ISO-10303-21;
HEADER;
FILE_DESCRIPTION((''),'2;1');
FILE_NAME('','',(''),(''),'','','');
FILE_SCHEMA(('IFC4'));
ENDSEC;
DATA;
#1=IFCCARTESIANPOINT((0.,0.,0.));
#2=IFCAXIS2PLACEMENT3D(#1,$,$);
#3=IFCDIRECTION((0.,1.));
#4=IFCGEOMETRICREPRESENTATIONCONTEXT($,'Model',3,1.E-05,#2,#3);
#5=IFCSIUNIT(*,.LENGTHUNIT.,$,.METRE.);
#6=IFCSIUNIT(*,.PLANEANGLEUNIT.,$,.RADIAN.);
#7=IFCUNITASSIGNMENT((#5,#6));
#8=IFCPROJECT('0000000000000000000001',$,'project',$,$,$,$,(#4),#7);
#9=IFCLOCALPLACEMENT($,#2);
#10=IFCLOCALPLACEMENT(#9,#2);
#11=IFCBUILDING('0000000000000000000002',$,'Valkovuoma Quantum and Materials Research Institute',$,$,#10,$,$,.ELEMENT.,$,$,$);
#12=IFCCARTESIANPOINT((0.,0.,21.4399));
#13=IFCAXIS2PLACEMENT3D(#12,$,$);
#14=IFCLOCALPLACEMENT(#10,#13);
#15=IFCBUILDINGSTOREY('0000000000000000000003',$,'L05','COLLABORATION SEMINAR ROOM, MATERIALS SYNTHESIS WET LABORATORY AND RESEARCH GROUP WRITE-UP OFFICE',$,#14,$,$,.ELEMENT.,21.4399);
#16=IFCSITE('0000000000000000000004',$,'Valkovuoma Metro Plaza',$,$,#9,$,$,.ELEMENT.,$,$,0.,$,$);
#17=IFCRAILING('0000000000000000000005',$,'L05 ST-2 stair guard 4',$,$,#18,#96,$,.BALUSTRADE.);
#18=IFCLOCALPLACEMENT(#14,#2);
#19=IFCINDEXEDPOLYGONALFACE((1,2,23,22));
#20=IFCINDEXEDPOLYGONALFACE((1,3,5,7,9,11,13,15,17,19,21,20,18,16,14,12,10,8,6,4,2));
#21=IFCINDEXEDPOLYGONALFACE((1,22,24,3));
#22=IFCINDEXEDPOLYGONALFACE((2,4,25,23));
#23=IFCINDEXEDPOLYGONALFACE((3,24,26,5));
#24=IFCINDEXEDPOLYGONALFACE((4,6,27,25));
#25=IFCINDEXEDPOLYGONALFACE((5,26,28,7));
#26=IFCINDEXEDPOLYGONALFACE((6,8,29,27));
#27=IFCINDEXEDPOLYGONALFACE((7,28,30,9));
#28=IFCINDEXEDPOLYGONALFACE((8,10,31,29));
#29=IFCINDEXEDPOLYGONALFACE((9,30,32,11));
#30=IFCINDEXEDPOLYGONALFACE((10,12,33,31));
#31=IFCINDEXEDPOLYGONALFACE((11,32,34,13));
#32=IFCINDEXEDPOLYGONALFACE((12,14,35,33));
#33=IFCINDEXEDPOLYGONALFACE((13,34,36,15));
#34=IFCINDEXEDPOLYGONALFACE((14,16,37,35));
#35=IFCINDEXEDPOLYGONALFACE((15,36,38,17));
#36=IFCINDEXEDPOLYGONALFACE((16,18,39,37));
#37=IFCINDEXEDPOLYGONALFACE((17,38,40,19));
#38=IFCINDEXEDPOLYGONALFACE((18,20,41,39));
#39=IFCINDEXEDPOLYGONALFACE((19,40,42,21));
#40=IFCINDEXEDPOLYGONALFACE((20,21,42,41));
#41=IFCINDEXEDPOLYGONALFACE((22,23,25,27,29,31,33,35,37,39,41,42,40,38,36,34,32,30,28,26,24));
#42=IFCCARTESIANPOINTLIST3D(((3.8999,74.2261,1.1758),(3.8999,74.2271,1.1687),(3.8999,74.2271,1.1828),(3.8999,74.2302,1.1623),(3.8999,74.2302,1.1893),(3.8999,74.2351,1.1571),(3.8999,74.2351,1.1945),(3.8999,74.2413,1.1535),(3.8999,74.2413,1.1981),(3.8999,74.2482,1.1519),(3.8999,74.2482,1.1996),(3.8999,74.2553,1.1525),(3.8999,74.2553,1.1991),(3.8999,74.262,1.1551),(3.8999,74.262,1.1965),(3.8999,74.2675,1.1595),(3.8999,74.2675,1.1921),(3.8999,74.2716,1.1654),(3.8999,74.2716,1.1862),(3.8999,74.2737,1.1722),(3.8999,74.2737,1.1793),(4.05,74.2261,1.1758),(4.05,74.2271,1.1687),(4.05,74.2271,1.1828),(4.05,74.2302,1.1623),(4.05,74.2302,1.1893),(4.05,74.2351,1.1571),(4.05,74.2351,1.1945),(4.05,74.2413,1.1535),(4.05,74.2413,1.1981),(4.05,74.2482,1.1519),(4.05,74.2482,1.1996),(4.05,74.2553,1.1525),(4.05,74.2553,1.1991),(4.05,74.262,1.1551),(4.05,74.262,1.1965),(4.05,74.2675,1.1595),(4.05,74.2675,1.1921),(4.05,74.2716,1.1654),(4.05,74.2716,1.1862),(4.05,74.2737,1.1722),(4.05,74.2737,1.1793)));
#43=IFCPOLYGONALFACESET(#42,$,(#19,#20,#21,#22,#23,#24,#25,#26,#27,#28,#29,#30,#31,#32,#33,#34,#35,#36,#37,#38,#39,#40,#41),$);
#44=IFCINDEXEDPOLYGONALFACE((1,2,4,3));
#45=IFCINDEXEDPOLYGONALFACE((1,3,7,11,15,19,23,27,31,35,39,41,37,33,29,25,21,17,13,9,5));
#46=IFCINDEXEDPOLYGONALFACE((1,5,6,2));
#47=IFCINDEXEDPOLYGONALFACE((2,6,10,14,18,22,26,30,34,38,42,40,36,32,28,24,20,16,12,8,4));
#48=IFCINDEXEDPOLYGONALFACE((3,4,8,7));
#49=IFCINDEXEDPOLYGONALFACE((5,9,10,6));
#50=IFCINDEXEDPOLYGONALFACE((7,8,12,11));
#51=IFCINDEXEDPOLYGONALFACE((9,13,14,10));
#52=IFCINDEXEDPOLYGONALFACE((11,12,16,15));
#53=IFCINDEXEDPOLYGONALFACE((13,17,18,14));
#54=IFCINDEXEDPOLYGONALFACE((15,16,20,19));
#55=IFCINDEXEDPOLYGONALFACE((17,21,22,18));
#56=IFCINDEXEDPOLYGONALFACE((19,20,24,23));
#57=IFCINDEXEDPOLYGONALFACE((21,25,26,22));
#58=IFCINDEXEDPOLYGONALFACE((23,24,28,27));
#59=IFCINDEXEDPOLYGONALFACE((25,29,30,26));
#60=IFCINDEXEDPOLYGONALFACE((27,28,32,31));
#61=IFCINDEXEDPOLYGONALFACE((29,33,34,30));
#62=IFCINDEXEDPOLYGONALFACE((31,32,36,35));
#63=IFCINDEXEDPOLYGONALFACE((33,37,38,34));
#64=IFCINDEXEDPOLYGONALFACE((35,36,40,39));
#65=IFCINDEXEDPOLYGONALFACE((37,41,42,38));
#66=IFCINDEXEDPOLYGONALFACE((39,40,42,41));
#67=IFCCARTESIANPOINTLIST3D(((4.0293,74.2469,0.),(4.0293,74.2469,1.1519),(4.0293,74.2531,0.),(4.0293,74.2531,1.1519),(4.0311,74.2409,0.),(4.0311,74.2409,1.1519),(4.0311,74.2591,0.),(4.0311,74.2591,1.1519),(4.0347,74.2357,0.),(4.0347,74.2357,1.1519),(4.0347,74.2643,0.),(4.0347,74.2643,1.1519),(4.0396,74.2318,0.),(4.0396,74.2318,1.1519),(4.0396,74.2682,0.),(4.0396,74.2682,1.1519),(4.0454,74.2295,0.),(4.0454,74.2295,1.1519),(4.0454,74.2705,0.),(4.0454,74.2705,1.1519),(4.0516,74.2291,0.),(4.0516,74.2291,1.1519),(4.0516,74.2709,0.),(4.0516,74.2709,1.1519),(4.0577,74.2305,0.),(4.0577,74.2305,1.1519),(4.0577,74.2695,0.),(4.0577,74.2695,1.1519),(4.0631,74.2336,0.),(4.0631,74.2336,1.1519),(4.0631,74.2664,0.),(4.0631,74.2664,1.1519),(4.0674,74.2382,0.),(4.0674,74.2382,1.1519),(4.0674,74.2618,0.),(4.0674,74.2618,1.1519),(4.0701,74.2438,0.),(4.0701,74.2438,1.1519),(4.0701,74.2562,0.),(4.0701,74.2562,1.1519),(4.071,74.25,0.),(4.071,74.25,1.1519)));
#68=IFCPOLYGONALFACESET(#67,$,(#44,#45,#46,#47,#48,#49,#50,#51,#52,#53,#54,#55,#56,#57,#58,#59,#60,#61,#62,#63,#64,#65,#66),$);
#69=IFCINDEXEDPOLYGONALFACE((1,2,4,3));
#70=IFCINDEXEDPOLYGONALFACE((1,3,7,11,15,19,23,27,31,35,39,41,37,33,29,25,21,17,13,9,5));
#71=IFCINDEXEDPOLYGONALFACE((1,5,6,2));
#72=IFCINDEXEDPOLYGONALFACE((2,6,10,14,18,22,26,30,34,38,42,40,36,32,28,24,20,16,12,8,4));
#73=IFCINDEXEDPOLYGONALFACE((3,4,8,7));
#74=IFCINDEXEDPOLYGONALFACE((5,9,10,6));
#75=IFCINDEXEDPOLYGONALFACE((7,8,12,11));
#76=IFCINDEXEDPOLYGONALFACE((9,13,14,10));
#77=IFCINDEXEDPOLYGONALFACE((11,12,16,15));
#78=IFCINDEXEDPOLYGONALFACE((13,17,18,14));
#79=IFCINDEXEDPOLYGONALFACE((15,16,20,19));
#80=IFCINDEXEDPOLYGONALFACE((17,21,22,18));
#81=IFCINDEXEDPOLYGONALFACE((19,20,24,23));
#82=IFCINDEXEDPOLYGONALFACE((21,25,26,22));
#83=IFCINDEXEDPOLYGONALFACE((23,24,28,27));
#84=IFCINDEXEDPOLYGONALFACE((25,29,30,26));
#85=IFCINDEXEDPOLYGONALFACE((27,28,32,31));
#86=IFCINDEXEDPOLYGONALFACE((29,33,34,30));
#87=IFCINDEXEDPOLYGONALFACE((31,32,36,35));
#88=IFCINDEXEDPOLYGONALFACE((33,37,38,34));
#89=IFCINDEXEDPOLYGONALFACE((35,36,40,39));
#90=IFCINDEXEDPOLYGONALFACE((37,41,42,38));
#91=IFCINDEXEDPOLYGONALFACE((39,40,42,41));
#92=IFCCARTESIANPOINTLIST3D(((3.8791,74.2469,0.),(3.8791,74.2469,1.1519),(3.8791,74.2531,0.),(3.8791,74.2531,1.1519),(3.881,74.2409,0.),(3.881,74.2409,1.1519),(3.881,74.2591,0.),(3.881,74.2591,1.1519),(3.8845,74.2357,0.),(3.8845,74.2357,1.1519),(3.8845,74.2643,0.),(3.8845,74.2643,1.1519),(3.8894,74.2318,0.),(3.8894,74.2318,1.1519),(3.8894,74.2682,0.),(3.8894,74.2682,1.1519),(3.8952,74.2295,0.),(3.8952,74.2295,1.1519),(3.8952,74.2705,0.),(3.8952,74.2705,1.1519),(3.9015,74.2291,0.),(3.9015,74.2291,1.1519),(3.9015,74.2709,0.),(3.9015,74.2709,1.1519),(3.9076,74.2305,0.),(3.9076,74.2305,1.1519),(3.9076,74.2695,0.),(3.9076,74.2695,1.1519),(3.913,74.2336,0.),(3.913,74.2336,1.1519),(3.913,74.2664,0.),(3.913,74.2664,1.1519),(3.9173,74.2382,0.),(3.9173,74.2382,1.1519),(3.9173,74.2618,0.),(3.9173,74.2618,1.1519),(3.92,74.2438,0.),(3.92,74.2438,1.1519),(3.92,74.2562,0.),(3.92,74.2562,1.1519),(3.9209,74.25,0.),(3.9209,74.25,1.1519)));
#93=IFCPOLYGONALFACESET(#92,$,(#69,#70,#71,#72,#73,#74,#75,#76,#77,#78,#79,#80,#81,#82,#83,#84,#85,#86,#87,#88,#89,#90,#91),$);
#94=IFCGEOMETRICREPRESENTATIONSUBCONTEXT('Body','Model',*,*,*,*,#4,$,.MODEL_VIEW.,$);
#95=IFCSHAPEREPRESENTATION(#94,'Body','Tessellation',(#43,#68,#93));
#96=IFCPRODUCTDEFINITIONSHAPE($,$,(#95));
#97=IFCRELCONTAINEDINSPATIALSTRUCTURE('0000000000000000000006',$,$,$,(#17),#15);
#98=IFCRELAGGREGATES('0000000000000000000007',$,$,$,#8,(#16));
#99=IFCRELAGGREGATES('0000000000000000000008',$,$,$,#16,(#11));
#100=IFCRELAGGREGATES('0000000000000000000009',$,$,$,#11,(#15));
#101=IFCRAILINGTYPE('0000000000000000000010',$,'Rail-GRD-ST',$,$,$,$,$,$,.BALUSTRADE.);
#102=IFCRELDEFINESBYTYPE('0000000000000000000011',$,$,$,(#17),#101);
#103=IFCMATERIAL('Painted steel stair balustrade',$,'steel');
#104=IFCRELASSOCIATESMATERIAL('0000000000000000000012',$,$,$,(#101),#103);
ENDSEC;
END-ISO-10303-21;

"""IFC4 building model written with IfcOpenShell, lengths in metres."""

from ifc_helpers import new_model, si_unit, direction, frame, origin, origin_2d, place, context, subcontext, project, spatial, circle, extrude, material, type_object, element, save


model = new_model("IFC4")

# Units and contexts
model_context = context("Model", 3, precision=1e-05, world=origin(), true_north=direction((0.0, 1.0)))
body_context = subcontext(model_context, "Body", "Model", "MODEL_VIEW")
ifc_project = project(units=[si_unit("LENGTHUNIT", "METRE"), si_unit("PLANEANGLEUNIT", "RADIAN")], contexts=[model_context])

# Site, building, storey
site_placement = place(None, origin())
site = spatial("IfcSite", under=ifc_project, at=site_placement, Name="Valkovuoma Metro Plaza", CompositionType="ELEMENT", RefElevation=0.0)
building_placement = place(site_placement, origin())
building = spatial("IfcBuilding", under=site, at=building_placement, Name="Valkovuoma Quantum and Materials Research Institute", CompositionType="ELEMENT")
storey_placement = place(building_placement, frame((0.0, 0.0, 21.4399)))
storey = spatial("IfcBuildingStorey", under=building, at=storey_placement, Name="L05", Description="COLLABORATION SEMINAR ROOM, MATERIALS SYNTHESIS WET LABORATORY AND RESEARCH GROUP WRITE-UP OFFICE", CompositionType="ELEMENT", Elevation=21.4399)

# Railing
ifc_material_1 = material(Name="Painted steel stair balustrade", Category="steel")
railing_type_1 = type_object("IfcRailingType", Name="Rail-GRD-ST", PredefinedType="BALUSTRADE", material=ifc_material_1)
railing_1_placement = place(storey_placement, frame((4.05, 74.25, 0.0)))
element("IfcRailing", 1, at=railing_1_placement, inside=storey, type_object=railing_type_1, Name="L05 ST-2 stair guard 4", PredefinedType="BALUSTRADE", context=body_context, shape_type="SweptSolid", body=[
    extrude(circle(Radius=0.0239, at=origin_2d()), frame((0.0, 0.0, 1.1758), z_axis=(-1.0, 0.0, 0.0), x_axis=(0.0, -1.0, 0.0)), (0.0, 0.0, 1.0), 0.1501),
    extrude(circle(Radius=0.021, at=origin_2d()), origin(), (0.0, 0.0, 1.0), 1.1519),
    extrude(circle(Radius=0.021, at=origin_2d()), frame((-0.1501, 0.0, 0.0)), (0.0, 0.0, 1.0), 1.1519),
])

save(model, "model.ifc")
